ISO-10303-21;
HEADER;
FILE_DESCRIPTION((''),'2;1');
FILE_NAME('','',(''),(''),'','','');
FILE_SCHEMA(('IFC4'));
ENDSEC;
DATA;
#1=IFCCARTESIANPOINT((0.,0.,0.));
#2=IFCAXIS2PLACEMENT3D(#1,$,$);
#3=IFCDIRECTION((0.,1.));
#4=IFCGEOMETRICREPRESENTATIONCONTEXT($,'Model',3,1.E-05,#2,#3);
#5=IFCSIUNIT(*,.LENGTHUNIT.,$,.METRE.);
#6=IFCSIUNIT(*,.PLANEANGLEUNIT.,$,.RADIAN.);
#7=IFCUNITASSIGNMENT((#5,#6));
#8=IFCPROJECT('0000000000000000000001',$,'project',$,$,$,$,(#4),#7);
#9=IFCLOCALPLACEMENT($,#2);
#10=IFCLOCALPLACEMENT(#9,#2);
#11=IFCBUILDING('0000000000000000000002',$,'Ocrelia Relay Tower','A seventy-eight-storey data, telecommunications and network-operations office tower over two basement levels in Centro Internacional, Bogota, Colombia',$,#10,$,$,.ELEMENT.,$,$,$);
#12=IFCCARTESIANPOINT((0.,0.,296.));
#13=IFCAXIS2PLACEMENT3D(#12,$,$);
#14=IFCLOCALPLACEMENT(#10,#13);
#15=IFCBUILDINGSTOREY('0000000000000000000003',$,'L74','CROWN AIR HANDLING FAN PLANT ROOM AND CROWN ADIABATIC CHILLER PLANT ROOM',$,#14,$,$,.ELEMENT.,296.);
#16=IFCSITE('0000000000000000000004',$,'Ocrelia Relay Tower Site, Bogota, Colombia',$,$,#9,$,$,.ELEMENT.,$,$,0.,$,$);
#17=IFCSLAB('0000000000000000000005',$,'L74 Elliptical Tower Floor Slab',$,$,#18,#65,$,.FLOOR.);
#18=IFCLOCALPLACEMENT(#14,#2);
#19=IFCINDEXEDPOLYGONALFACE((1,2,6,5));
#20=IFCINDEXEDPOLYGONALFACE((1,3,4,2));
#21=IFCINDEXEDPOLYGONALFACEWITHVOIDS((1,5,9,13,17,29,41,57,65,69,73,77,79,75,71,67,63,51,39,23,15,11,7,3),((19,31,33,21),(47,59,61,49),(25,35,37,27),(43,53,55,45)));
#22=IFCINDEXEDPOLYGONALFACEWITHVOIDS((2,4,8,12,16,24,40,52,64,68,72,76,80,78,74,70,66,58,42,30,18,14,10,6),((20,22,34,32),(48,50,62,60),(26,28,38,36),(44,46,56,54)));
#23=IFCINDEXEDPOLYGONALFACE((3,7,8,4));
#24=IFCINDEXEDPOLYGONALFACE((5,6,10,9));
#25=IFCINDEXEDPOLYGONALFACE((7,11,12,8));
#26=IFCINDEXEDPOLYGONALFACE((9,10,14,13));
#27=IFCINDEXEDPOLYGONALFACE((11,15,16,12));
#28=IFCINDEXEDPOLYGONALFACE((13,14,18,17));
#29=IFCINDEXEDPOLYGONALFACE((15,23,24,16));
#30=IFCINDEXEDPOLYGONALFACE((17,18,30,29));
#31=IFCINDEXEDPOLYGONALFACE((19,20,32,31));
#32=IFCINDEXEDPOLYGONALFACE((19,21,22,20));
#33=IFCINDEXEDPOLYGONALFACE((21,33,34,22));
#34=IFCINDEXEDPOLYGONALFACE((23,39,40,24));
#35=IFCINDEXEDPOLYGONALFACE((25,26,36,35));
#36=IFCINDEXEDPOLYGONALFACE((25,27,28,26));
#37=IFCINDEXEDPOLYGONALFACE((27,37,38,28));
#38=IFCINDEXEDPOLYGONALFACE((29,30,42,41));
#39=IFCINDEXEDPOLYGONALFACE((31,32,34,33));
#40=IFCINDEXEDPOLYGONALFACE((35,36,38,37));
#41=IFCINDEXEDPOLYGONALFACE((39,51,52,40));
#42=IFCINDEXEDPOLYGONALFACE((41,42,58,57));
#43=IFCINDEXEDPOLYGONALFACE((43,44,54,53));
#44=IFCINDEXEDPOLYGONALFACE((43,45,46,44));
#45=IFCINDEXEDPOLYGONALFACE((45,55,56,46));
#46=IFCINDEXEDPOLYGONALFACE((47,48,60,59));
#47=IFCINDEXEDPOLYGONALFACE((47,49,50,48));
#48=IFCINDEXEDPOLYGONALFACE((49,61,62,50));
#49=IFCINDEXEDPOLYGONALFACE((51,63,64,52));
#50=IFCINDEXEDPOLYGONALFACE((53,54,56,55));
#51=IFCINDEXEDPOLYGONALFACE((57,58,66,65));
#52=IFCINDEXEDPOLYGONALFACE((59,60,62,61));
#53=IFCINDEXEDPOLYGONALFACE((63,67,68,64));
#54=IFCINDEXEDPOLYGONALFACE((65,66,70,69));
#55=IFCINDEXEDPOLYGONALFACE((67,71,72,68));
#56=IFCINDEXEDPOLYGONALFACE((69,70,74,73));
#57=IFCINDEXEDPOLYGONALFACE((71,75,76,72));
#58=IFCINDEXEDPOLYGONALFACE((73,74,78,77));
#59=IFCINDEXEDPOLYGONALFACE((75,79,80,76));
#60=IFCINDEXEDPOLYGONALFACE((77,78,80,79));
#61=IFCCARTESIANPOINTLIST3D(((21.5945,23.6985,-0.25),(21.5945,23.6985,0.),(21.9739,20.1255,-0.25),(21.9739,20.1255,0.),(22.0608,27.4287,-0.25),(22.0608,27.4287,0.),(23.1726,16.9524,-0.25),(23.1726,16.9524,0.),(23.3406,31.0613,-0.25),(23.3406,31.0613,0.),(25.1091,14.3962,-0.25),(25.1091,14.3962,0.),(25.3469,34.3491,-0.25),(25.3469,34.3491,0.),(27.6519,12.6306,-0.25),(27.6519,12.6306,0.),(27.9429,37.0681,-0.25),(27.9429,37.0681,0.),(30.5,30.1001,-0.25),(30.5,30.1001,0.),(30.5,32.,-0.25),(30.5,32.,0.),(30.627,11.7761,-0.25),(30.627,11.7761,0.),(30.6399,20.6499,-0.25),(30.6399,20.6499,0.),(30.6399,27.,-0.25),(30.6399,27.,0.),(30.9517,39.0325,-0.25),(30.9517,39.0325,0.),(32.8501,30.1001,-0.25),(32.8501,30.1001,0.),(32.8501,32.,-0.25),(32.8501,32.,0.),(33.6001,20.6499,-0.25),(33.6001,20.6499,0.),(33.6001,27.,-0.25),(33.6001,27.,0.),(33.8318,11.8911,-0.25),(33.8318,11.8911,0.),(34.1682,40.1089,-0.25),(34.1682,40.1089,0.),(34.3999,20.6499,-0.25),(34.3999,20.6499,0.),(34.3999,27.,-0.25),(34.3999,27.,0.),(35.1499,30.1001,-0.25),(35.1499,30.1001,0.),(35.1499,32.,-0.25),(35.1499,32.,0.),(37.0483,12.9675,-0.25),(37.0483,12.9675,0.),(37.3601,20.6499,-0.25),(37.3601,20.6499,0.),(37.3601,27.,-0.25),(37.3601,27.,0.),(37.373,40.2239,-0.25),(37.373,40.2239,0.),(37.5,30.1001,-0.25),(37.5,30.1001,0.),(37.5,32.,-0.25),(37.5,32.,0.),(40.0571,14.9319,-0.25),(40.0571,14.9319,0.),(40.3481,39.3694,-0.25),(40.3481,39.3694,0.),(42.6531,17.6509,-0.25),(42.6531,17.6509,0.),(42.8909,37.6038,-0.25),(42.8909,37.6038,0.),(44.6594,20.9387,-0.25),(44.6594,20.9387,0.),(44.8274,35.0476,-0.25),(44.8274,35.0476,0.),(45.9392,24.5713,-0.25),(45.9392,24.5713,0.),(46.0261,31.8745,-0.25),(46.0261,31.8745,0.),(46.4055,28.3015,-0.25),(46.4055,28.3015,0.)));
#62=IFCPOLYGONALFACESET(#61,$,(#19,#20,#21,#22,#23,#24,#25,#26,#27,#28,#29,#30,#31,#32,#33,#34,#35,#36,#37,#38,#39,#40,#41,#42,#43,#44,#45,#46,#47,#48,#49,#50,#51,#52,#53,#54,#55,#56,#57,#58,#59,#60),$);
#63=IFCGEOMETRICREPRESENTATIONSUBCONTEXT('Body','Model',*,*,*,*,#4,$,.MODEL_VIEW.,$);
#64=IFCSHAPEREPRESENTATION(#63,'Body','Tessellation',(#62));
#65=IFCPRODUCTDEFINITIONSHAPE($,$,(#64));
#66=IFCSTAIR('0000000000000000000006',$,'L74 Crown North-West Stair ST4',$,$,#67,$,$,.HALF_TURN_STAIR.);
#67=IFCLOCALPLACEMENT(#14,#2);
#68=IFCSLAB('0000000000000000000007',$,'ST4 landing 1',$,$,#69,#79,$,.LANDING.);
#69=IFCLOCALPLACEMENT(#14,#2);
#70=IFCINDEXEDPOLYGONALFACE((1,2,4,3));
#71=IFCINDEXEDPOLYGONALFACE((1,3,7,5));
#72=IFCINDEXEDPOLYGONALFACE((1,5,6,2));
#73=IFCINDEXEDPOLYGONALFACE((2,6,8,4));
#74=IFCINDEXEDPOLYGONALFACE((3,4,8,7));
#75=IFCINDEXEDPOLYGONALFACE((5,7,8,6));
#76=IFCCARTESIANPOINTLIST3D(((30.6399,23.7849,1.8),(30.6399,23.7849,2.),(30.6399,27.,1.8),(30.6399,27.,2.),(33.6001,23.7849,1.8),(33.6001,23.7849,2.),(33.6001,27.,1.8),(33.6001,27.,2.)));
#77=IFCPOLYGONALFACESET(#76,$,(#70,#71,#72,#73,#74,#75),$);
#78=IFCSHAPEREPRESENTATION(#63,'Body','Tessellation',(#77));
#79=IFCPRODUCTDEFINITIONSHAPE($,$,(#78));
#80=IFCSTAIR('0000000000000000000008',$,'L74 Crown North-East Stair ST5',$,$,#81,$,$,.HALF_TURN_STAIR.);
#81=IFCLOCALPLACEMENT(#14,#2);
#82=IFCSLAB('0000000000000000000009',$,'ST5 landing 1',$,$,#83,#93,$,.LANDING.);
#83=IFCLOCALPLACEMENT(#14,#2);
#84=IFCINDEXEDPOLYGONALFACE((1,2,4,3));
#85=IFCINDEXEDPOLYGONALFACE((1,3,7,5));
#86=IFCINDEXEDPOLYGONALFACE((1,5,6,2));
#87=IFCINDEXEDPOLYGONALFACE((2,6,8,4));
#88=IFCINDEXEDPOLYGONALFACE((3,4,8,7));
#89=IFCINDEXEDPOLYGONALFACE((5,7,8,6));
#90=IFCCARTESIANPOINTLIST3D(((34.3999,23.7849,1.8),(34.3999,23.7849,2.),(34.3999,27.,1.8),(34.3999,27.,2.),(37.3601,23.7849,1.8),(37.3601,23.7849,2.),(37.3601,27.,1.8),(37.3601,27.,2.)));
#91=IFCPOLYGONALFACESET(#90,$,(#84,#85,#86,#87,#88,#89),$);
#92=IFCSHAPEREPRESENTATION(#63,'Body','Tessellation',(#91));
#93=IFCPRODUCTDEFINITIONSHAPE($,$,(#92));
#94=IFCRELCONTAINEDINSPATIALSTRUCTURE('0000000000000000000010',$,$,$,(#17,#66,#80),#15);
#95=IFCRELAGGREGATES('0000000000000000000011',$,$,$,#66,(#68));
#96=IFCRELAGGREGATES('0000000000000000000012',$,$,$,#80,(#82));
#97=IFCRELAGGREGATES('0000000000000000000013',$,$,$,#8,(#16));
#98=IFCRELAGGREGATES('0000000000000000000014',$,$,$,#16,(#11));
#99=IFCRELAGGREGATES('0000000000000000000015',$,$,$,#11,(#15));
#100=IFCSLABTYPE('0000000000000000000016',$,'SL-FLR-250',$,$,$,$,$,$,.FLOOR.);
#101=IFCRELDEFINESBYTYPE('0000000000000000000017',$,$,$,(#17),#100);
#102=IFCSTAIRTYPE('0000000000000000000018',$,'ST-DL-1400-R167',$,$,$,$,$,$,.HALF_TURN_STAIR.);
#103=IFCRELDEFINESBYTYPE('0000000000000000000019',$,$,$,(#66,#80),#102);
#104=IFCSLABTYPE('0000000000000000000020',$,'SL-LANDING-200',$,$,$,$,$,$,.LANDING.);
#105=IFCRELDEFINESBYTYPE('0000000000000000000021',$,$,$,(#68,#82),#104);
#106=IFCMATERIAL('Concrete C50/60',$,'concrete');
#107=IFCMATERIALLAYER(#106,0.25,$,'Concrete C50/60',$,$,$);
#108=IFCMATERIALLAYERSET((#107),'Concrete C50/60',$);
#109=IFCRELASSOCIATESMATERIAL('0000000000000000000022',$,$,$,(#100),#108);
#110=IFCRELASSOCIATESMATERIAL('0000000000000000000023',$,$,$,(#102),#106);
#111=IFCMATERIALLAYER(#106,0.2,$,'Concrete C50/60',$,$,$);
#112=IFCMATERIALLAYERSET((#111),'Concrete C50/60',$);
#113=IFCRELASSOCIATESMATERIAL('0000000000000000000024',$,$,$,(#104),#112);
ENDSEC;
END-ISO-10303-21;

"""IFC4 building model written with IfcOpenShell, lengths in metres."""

from ifc_helpers import new_model, si_unit, direction, frame, origin, place, context, subcontext, project, spatial, polyline, outline, extrude, material, layer, layer_set, type_object, element, aggregate, save


model = new_model("IFC4")

# Units and contexts
model_context = context("Model", 3, precision=1e-05, world=origin(), true_north=direction((0.0, 1.0)))
body_context = subcontext(model_context, "Body", "Model", "MODEL_VIEW")
ifc_project = project(units=[si_unit("LENGTHUNIT", "METRE"), si_unit("PLANEANGLEUNIT", "RADIAN")], contexts=[model_context])

# Site, building, storey
site_placement = place(None, origin())
site = spatial("IfcSite", under=ifc_project, at=site_placement, Name="Ocrelia Relay Tower Site, Bogota, Colombia", CompositionType="ELEMENT", RefElevation=0.0)
building_placement = place(site_placement, origin())
building = spatial("IfcBuilding", under=site, at=building_placement, Name="Ocrelia Relay Tower", Description="A seventy-eight-storey data, telecommunications and network-operations office tower over two basement levels in Centro Internacional, Bogota, Colombia", CompositionType="ELEMENT")
storey_placement = place(building_placement, frame((0.0, 0.0, 296.0)))
storey = spatial("IfcBuildingStorey", under=building, at=storey_placement, Name="L74", Description="CROWN AIR HANDLING FAN PLANT ROOM AND CROWN ADIABATIC CHILLER PLANT ROOM", CompositionType="ELEMENT", Elevation=296.0)

# Slab
ifc_material_1 = material(Name="Concrete C50/60", Category="concrete")
ifc_layer_1 = layer(ifc_material_1, 0.25, Name="Concrete C50/60")
ifc_layer_set_1 = layer_set([ifc_layer_1], Name="Concrete C50/60")
slab_type_1 = type_object("IfcSlabType", Name="SL-FLR-250", PredefinedType="FLOOR", material=ifc_layer_set_1)
slab_1_placement = place(storey_placement, frame((0.0, 0.0, -0.25)))
element("IfcSlab", 1, at=slab_1_placement, inside=storey, type_object=slab_type_1, Name="L74 Elliptical Tower Floor Slab", PredefinedType="FLOOR", context=body_context, shape_type="SweptSolid", body=[
    extrude(outline(polyline([(40.3481, 39.3694), (37.373, 40.2239), (34.1682, 40.1089), (30.9517, 39.0325), (27.9429, 37.0681), (25.3469, 34.3491), (23.3406, 31.0613), (22.0608, 27.4287), (21.5945, 23.6985), (21.9739, 20.1255), (23.1726, 16.9524), (25.1091, 14.3962), (27.6519, 12.6306), (30.627, 11.7761), (33.8318, 11.8911), (37.0483, 12.9675), (40.0571, 14.9319), (42.6531, 17.6509), (44.6594, 20.9387), (45.9392, 24.5713), (46.4055, 28.3015), (46.0261, 31.8745), (44.8274, 35.0476), (42.8909, 37.6038), (40.3481, 39.3694)]), holes=[polyline([(33.6001, 20.6499), (33.6001, 27.0), (30.6399, 27.0), (30.6399, 20.6499), (33.6001, 20.6499)]), polyline([(37.3601, 20.6499), (37.3601, 27.0), (34.3999, 27.0), (34.3999, 20.6499), (37.3601, 20.6499)]), polyline([(30.5, 30.1001), (32.8501, 30.1001), (32.8501, 32.0), (30.5, 32.0), (30.5, 30.1001)]), polyline([(35.1499, 30.1001), (37.5, 30.1001), (37.5, 32.0), (35.1499, 32.0), (35.1499, 30.1001)])]), origin(), (0.0, 0.0, 1.0), 0.25),
])

# Stairs, slabs
stair_type = type_object("IfcStairType", Name="ST-DL-1400-R167", PredefinedType="HALF_TURN_STAIR", material=ifc_material_1)
stair_1_placement = place(storey_placement, origin())
stair_1 = element("IfcStair", 2, at=stair_1_placement, inside=storey, type_object=stair_type, Name="L74 Crown North-West Stair ST4", PredefinedType="HALF_TURN_STAIR")
ifc_layer_2 = layer(ifc_material_1, 0.2, Name="Concrete C50/60")
ifc_layer_set_2 = layer_set([ifc_layer_2], Name="Concrete C50/60")
slab_type_2 = type_object("IfcSlabType", Name="SL-LANDING-200", PredefinedType="LANDING", material=ifc_layer_set_2)
slab_2_placement = place(storey_placement, frame((0.0, 0.0, 1.8)))
slab_2 = element("IfcSlab", 3, at=slab_2_placement, type_object=slab_type_2, Name="ST4 landing 1", PredefinedType="LANDING", context=body_context, shape_type="SweptSolid", body=[
    extrude(outline(polyline([(33.6001, 23.7849), (33.6001, 27.0), (30.6399, 27.0), (30.6399, 23.7849), (33.6001, 23.7849)])), origin(), (0.0, 0.0, 1.0), 0.2),
])
aggregate(stair_1, [slab_2])
stair_2_placement = place(storey_placement, origin())
stair_2 = element("IfcStair", 4, at=stair_2_placement, inside=storey, type_object=stair_type, Name="L74 Crown North-East Stair ST5", PredefinedType="HALF_TURN_STAIR")
slab_3_placement = place(storey_placement, frame((0.0, 0.0, 1.8)))
slab_3 = element("IfcSlab", 5, at=slab_3_placement, type_object=slab_type_2, Name="ST5 landing 1", PredefinedType="LANDING", context=body_context, shape_type="SweptSolid", body=[
    extrude(outline(polyline([(37.3601, 23.7849), (37.3601, 27.0), (34.3999, 27.0), (34.3999, 23.7849), (37.3601, 23.7849)])), origin(), (0.0, 0.0, 1.0), 0.2),
])
aggregate(stair_2, [slab_3])

save(model, "model.ifc")
